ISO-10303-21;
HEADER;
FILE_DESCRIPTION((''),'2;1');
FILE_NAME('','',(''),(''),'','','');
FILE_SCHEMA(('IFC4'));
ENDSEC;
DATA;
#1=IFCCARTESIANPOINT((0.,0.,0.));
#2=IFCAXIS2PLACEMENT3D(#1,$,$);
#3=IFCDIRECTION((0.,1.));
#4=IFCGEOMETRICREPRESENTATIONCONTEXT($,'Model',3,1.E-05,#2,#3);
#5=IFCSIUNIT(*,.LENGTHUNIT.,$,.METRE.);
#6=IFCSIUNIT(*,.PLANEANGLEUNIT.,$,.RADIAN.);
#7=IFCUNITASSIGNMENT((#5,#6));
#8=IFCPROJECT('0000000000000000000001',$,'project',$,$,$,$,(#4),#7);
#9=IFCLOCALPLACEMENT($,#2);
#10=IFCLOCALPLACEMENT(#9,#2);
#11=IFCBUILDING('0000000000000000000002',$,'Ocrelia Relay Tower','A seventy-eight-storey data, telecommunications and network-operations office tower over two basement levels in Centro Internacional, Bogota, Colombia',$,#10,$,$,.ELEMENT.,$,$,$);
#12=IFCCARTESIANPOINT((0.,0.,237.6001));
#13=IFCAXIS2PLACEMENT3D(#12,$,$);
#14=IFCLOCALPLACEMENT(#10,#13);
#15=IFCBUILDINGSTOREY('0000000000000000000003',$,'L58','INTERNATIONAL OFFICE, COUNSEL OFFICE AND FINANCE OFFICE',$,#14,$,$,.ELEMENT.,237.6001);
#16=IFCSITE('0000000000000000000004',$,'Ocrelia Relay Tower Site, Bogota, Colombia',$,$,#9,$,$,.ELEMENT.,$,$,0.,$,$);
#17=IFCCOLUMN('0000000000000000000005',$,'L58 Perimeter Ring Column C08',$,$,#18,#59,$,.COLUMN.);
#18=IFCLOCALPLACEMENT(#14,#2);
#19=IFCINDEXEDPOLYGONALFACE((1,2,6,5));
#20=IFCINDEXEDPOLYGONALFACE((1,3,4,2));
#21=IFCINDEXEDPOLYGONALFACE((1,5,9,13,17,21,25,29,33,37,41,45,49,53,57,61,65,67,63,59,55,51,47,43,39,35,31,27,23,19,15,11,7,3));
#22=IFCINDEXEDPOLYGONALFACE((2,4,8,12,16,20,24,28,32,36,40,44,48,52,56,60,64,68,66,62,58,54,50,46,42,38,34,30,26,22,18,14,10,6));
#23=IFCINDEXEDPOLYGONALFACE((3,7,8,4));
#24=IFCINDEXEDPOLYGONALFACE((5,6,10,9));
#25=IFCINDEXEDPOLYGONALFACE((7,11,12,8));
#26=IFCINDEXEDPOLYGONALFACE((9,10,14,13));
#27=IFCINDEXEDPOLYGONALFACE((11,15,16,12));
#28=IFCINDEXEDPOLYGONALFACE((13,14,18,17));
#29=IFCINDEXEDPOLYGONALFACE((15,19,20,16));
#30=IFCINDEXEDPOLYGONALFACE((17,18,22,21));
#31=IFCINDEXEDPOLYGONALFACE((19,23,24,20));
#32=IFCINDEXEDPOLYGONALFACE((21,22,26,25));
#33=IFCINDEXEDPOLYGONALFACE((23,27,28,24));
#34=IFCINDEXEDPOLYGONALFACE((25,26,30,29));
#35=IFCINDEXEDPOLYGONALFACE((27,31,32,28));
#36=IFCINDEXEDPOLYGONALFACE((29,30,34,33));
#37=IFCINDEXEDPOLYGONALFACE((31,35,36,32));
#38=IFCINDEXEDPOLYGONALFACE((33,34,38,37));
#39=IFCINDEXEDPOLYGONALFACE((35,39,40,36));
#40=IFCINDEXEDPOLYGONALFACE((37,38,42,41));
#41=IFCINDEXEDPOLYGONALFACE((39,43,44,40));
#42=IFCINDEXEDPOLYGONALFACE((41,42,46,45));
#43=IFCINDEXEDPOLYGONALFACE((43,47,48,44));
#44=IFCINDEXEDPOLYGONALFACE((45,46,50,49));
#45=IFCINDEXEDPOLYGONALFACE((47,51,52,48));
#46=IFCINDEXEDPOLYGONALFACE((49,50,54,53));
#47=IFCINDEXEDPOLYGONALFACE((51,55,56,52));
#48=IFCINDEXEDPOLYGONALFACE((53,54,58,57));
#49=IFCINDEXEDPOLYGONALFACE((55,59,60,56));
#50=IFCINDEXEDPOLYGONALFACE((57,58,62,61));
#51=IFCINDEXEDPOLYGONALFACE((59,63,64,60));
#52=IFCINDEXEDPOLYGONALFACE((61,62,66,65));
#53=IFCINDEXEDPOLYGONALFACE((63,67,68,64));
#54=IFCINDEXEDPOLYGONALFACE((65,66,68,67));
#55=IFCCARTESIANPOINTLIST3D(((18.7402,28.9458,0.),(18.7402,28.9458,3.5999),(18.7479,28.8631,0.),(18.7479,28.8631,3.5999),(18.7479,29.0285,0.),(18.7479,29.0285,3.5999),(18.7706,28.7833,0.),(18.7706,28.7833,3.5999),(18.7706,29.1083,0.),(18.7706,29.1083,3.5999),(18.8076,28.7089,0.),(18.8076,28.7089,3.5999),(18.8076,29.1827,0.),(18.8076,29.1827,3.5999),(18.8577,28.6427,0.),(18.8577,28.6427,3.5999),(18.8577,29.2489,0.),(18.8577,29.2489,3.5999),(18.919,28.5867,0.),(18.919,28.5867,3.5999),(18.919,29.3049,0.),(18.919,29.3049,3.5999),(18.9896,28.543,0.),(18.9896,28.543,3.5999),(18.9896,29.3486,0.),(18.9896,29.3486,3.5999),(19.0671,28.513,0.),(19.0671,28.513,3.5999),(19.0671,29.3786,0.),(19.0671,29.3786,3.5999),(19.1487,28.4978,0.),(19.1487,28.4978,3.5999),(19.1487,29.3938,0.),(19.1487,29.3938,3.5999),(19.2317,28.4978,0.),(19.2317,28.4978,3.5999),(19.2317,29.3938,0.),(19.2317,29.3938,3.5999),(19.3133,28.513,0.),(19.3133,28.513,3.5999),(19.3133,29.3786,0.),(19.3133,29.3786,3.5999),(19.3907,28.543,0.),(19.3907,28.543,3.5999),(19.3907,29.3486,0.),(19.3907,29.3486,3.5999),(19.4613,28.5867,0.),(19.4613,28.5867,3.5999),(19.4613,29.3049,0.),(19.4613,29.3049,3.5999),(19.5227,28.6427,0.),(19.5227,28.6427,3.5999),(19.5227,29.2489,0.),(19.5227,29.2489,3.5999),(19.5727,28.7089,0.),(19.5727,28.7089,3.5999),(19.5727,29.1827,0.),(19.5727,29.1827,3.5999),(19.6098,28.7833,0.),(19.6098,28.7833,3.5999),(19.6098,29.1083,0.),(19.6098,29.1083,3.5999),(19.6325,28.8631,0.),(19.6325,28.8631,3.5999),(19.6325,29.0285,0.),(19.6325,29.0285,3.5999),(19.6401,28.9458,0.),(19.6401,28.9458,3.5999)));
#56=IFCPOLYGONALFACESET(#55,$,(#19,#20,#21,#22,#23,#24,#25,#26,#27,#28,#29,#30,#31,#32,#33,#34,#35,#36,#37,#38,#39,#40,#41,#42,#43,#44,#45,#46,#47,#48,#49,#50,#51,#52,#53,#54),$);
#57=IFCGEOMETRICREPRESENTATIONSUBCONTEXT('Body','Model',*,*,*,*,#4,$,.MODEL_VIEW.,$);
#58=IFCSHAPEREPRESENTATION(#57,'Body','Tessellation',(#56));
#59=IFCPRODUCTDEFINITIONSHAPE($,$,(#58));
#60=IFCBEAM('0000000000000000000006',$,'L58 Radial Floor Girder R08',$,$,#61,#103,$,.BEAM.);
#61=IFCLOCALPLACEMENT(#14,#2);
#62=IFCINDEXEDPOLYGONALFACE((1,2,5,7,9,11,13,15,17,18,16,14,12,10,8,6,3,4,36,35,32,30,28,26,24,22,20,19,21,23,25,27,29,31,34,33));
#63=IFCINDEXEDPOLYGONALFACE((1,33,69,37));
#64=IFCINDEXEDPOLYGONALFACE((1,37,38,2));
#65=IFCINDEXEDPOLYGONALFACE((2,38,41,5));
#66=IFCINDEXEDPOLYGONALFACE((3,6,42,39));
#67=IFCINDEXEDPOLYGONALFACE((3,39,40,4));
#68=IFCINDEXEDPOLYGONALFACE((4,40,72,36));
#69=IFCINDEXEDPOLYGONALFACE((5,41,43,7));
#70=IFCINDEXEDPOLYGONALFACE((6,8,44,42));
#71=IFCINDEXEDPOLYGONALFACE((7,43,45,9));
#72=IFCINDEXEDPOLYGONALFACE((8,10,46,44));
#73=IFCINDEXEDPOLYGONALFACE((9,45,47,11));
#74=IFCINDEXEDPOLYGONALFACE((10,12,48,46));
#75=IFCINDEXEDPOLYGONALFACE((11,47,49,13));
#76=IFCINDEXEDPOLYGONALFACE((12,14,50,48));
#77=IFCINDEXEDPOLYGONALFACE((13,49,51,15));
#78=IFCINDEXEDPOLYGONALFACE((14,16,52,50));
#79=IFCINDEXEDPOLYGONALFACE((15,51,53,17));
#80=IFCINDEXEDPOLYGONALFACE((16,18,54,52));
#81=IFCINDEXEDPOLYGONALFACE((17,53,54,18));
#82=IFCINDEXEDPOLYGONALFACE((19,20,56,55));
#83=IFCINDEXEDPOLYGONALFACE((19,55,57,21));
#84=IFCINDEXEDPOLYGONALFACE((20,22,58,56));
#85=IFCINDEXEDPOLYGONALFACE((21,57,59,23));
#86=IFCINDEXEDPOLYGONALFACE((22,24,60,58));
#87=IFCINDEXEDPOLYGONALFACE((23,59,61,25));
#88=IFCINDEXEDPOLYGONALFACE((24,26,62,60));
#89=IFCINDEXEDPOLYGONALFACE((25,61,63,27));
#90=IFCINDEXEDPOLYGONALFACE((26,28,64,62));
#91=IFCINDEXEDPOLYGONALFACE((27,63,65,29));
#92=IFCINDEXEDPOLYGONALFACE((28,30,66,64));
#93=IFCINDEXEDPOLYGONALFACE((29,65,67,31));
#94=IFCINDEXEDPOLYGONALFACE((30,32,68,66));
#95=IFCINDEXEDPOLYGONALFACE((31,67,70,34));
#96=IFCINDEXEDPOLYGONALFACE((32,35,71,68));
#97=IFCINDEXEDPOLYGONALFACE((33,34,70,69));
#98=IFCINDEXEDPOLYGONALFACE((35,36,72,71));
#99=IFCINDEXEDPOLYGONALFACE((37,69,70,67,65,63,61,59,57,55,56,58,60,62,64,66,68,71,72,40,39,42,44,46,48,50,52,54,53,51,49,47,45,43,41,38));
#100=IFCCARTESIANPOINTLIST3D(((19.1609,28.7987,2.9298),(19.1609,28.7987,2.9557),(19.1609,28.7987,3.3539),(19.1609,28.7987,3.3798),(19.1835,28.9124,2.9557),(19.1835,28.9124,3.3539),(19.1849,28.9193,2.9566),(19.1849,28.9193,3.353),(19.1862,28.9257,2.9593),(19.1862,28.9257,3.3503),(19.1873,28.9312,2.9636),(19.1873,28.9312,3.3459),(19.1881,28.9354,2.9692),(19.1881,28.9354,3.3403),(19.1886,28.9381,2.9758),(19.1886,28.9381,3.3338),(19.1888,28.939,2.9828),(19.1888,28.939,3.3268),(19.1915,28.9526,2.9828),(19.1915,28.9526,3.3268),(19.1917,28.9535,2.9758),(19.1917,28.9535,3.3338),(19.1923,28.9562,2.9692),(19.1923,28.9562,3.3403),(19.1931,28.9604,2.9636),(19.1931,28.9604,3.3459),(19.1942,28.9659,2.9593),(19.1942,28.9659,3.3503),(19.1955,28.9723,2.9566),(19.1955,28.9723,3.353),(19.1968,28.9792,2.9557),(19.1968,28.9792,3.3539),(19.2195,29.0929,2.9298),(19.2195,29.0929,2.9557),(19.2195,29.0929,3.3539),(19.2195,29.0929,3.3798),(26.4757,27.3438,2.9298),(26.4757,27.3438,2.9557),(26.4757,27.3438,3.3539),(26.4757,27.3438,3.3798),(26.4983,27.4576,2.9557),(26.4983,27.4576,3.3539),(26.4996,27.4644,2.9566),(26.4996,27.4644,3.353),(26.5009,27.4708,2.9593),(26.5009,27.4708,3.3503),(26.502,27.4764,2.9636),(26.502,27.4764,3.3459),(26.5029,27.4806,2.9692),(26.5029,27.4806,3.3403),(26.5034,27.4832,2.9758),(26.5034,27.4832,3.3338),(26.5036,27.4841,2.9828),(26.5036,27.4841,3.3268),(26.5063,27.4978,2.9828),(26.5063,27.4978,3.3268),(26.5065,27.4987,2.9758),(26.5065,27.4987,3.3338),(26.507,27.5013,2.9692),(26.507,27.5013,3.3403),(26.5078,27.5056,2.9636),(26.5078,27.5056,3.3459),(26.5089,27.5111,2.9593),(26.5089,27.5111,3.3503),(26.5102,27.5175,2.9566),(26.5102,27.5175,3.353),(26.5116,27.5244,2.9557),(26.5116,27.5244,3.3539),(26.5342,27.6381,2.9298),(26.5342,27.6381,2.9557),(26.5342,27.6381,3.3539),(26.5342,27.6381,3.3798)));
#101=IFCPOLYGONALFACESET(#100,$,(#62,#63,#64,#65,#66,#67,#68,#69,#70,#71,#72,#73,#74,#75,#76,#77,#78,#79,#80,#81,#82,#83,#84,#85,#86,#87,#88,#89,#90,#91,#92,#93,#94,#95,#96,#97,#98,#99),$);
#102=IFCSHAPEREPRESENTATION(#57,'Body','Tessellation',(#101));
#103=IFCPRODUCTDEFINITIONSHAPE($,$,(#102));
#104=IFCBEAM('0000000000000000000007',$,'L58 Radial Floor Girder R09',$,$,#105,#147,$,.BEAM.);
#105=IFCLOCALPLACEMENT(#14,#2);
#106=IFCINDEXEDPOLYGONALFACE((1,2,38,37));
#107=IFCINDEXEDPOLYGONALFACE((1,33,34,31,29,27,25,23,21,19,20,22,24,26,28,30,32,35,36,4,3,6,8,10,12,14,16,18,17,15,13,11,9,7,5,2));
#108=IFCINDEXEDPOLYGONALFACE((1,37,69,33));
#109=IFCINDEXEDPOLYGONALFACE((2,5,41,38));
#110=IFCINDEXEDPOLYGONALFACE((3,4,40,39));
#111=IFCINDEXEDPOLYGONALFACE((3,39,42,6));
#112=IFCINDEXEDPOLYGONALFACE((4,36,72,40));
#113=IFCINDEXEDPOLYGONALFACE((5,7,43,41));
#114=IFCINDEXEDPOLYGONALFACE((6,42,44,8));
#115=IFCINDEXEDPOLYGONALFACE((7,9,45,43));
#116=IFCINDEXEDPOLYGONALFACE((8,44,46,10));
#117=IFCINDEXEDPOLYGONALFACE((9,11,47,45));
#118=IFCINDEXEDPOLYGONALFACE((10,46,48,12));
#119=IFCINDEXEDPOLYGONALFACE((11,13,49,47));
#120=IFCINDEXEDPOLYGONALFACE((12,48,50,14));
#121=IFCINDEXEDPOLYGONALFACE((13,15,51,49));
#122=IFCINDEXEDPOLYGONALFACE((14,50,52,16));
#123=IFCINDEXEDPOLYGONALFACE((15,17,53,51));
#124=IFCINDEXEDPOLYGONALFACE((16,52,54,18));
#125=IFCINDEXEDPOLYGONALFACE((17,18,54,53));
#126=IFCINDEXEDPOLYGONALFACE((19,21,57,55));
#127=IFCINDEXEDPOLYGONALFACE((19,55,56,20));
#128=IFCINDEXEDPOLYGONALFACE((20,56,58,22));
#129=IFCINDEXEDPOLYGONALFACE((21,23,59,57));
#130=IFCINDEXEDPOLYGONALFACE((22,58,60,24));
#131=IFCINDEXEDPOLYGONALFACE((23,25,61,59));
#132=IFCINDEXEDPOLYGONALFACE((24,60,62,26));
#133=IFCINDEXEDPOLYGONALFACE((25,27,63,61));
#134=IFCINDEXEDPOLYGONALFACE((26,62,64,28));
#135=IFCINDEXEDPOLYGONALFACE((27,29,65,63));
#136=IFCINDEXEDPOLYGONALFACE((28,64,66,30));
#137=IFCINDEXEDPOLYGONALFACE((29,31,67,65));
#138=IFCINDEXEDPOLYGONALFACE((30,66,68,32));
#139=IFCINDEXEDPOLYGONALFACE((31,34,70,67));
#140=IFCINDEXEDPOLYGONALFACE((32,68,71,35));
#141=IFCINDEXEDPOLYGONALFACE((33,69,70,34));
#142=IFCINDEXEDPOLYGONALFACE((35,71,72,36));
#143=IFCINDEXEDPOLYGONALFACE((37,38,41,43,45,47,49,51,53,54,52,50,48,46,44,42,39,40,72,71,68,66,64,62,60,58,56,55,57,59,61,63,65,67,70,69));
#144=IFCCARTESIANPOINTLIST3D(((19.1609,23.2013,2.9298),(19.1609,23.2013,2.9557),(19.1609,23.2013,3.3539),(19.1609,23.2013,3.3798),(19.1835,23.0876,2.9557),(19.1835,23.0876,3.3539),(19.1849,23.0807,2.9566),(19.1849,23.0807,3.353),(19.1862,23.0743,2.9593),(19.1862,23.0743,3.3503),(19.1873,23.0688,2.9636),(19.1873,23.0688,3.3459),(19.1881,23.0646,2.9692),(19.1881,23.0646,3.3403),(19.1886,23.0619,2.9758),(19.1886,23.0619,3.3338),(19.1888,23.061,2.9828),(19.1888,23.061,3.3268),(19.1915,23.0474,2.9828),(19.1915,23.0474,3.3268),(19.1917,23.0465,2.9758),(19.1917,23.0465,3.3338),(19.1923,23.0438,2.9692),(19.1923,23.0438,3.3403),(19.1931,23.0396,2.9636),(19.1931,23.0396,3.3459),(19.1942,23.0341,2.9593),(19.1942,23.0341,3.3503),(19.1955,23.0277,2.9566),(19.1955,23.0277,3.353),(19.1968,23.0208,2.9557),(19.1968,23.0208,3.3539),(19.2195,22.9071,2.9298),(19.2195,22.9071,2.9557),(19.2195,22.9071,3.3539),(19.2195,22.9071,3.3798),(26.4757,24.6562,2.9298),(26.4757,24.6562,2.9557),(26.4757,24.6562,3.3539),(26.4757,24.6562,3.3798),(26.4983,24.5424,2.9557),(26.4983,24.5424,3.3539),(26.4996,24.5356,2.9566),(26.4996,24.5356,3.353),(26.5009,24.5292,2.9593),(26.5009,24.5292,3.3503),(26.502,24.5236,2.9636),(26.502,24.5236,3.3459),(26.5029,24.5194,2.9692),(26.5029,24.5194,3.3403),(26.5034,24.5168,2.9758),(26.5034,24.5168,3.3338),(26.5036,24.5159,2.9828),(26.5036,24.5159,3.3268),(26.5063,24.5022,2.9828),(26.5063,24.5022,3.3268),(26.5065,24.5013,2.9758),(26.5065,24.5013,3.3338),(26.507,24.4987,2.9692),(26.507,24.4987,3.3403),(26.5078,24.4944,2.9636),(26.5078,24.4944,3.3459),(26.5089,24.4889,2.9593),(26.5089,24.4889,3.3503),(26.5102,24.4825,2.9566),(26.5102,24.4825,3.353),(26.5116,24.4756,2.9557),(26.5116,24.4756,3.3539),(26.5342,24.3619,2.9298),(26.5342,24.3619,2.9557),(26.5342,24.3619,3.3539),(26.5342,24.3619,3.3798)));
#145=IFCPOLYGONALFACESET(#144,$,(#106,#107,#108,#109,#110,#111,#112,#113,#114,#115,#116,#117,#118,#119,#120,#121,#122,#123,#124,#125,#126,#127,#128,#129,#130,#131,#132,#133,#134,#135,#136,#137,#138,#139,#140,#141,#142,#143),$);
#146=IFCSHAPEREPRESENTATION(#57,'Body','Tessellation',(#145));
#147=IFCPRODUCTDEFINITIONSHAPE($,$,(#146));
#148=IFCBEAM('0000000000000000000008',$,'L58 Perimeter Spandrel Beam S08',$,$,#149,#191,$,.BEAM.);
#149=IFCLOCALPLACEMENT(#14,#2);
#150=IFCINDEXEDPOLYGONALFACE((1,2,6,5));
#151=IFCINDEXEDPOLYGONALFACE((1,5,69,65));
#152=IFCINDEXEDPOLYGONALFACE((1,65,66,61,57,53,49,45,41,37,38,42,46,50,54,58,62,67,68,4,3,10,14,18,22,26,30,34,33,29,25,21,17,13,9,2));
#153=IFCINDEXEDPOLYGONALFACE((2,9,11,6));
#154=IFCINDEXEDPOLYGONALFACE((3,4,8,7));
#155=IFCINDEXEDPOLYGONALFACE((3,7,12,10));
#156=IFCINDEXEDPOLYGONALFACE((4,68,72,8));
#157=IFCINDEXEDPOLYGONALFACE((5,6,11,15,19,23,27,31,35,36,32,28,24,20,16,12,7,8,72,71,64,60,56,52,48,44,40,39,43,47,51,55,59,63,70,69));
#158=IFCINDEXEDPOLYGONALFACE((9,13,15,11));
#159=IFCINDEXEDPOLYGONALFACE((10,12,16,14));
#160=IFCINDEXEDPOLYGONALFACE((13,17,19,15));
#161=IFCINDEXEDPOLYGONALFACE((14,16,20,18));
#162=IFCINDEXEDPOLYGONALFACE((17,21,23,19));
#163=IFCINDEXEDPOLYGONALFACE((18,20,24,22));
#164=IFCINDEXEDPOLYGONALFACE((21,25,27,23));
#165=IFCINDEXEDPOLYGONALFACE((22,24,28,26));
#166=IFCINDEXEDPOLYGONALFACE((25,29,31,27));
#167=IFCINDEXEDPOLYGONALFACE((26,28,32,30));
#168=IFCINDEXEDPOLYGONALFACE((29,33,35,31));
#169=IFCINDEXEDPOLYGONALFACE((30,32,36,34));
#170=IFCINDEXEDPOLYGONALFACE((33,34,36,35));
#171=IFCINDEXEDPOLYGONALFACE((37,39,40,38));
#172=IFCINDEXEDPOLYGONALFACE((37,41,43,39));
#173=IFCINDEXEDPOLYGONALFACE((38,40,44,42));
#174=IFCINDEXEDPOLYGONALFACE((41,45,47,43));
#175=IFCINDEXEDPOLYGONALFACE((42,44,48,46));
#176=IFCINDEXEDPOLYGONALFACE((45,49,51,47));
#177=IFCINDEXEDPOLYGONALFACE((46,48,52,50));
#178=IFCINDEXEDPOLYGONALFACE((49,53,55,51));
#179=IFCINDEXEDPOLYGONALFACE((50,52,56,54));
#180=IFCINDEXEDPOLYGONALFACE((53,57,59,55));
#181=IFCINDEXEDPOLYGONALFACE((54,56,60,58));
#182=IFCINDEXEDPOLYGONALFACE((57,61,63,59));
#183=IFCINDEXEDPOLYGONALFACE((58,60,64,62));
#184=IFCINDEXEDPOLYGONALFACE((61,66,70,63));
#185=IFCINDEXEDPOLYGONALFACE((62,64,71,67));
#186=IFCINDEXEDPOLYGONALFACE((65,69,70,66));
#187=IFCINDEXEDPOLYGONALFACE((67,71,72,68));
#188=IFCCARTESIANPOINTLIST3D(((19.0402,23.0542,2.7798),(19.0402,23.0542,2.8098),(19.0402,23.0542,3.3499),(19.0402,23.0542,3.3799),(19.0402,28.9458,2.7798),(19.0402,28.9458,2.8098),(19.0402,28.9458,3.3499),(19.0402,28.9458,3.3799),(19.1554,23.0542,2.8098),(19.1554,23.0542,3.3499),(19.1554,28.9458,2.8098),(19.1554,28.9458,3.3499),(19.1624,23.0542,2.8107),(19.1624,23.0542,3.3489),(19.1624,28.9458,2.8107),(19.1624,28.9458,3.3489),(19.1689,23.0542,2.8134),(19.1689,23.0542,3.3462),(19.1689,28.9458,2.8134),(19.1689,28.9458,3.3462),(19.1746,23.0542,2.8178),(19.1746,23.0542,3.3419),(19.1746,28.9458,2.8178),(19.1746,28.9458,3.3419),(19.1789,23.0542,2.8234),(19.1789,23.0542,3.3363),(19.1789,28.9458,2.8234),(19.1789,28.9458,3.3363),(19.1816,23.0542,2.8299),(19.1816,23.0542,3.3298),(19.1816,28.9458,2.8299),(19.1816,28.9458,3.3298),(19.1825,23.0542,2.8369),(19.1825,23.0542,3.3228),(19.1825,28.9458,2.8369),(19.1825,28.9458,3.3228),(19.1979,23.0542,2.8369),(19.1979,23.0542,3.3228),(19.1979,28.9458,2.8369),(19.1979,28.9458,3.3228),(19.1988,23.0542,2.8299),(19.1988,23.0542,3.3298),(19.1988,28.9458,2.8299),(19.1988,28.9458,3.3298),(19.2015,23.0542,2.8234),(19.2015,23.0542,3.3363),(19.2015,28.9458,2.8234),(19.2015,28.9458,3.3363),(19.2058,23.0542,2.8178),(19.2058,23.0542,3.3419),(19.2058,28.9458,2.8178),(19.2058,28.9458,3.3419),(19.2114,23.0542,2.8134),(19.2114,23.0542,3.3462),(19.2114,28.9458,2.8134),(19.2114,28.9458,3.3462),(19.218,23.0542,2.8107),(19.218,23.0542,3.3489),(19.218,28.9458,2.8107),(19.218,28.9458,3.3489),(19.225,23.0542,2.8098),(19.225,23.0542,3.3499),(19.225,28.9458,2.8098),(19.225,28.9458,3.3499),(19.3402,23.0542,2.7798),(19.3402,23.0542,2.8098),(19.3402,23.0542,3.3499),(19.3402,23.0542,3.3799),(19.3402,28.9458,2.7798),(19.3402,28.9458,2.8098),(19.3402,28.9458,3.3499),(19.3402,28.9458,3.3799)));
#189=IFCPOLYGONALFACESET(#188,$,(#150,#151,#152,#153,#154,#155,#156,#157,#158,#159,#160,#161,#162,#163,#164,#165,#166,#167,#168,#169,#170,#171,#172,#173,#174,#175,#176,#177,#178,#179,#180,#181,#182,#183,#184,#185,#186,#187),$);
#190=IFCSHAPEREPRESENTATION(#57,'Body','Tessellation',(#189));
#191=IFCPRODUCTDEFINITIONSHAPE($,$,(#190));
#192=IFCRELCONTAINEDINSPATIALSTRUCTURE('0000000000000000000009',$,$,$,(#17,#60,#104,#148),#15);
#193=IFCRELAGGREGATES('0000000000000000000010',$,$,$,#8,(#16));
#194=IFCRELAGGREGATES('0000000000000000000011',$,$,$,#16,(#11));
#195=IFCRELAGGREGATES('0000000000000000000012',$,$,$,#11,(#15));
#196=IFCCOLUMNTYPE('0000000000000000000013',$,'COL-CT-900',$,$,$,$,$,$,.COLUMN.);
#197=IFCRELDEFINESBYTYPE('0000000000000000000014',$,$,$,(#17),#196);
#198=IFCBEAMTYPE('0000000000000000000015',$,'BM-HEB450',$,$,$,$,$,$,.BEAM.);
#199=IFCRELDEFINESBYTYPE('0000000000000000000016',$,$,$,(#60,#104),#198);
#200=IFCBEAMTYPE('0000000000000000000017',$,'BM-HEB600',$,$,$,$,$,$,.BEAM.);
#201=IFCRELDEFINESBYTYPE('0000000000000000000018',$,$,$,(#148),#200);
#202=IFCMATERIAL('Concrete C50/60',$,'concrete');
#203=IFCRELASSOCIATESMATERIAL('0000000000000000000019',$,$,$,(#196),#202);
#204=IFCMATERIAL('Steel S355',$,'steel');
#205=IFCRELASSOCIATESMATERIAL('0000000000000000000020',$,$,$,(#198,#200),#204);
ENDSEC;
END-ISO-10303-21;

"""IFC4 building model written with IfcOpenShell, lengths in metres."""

from ifc_helpers import new_model, si_unit, direction, frame, origin, origin_2d, place, context, subcontext, project, spatial, circle, i_section, extrude, material, material_profile, profile_set, type_object, element, save


model = new_model("IFC4")

# Units and contexts
model_context = context("Model", 3, precision=1e-05, world=origin(), true_north=direction((0.0, 1.0)))
body_context = subcontext(model_context, "Body", "Model", "MODEL_VIEW")
ifc_project = project(units=[si_unit("LENGTHUNIT", "METRE"), si_unit("PLANEANGLEUNIT", "RADIAN")], contexts=[model_context])

# Site, building, storey
site_placement = place(None, origin())
site = spatial("IfcSite", under=ifc_project, at=site_placement, Name="Ocrelia Relay Tower Site, Bogota, Colombia", CompositionType="ELEMENT", RefElevation=0.0)
building_placement = place(site_placement, origin())
building = spatial("IfcBuilding", under=site, at=building_placement, Name="Ocrelia Relay Tower", Description="A seventy-eight-storey data, telecommunications and network-operations office tower over two basement levels in Centro Internacional, Bogota, Colombia", CompositionType="ELEMENT")
storey_placement = place(building_placement, frame((0.0, 0.0, 237.6001)))
storey = spatial("IfcBuildingStorey", under=building, at=storey_placement, Name="L58", Description="INTERNATIONAL OFFICE, COUNSEL OFFICE AND FINANCE OFFICE", CompositionType="ELEMENT", Elevation=237.6001)

# Column
ifc_material_1 = material(Name="Concrete C50/60", Category="concrete")
ifc_material_profile_1 = material_profile(ifc_material_1, circle(Radius=0.45, at=origin_2d()), Name="RC-CIR-900")
ifc_profile_set_1 = profile_set([ifc_material_profile_1], Name="Concrete C50/60")
column_type = type_object("IfcColumnType", Name="COL-CT-900", PredefinedType="COLUMN", material=ifc_profile_set_1)
column_placement = place(storey_placement, frame((19.1902, 28.9458, 0.0), z_axis=(0.0, 0.0, 1.0), x_axis=(1.0, 0.0, 0.0)))
element("IfcColumn", 1, at=column_placement, inside=storey, type_object=column_type, Name="L58 Perimeter Ring Column C08", PredefinedType="COLUMN", context=body_context, shape_type="SweptSolid", body=[
    extrude(circle(Radius=0.45, at=origin_2d()), origin(), (0.0, 0.0, 1.0), 3.5999),
])

# Beams
ifc_material_2 = material(Name="Steel S355", Category="steel")
ifc_material_profile_2 = material_profile(ifc_material_2, i_section(OverallWidth=0.3, OverallDepth=0.45, WebThickness=0.0139, FlangeThickness=0.0259, FilletRadius=0.0271, at=origin_2d()), Name="HEB 450")
ifc_profile_set_2 = profile_set([ifc_material_profile_2], Name="Steel S355")
beam_type_1 = type_object("IfcBeamType", Name="BM-HEB450", PredefinedType="BEAM", material=ifc_profile_set_2)
for number, where, z_axis, x_axis, name in (
    (2, (19.1902, 28.9458, 3.1548), (0.980789, -0.195071, 0.0), (0.195071, 0.980789, 0.0), "L58 Radial Floor Girder R08"),
    (3, (19.1902, 23.0542, 3.1548), (0.980789, 0.195071, 0.0), (-0.195071, 0.980789, 0.0), "L58 Radial Floor Girder R09"),
):
    element("IfcBeam", number, at=place(storey_placement, frame(where, z_axis=z_axis, x_axis=x_axis)), inside=storey, type_object=beam_type_1, Name=name, PredefinedType="BEAM", context=body_context, shape_type="SweptSolid", body=[
        extrude(i_section(OverallWidth=0.3, OverallDepth=0.45, WebThickness=0.0139, FlangeThickness=0.0259, FilletRadius=0.0271, at=origin_2d()), origin(), (0.0, 0.0, 1.0), 7.458),
    ])
ifc_material_profile_3 = material_profile(ifc_material_2, i_section(OverallWidth=0.3, OverallDepth=0.6001, WebThickness=0.0154, FlangeThickness=0.03, FilletRadius=0.0271, at=origin_2d()), Name="HEB 600")
ifc_profile_set_3 = profile_set([ifc_material_profile_3], Name="Steel S355")
beam_type_2 = type_object("IfcBeamType", Name="BM-HEB600", PredefinedType="BEAM", material=ifc_profile_set_3)
beam_1_placement = place(storey_placement, frame((19.1902, 28.9458, 3.0798), z_axis=(0.0, -1.0, 0.0), x_axis=(1.0, 0.0, 0.0)))
element("IfcBeam", 4, at=beam_1_placement, inside=storey, type_object=beam_type_2, Name="L58 Perimeter Spandrel Beam S08", PredefinedType="BEAM", context=body_context, shape_type="SweptSolid", body=[
    extrude(i_section(OverallWidth=0.3, OverallDepth=0.6001, WebThickness=0.0154, FlangeThickness=0.03, FilletRadius=0.0271, at=origin_2d()), origin(), (0.0, 0.0, 1.0), 5.8916),
])

save(model, "model.ifc")
